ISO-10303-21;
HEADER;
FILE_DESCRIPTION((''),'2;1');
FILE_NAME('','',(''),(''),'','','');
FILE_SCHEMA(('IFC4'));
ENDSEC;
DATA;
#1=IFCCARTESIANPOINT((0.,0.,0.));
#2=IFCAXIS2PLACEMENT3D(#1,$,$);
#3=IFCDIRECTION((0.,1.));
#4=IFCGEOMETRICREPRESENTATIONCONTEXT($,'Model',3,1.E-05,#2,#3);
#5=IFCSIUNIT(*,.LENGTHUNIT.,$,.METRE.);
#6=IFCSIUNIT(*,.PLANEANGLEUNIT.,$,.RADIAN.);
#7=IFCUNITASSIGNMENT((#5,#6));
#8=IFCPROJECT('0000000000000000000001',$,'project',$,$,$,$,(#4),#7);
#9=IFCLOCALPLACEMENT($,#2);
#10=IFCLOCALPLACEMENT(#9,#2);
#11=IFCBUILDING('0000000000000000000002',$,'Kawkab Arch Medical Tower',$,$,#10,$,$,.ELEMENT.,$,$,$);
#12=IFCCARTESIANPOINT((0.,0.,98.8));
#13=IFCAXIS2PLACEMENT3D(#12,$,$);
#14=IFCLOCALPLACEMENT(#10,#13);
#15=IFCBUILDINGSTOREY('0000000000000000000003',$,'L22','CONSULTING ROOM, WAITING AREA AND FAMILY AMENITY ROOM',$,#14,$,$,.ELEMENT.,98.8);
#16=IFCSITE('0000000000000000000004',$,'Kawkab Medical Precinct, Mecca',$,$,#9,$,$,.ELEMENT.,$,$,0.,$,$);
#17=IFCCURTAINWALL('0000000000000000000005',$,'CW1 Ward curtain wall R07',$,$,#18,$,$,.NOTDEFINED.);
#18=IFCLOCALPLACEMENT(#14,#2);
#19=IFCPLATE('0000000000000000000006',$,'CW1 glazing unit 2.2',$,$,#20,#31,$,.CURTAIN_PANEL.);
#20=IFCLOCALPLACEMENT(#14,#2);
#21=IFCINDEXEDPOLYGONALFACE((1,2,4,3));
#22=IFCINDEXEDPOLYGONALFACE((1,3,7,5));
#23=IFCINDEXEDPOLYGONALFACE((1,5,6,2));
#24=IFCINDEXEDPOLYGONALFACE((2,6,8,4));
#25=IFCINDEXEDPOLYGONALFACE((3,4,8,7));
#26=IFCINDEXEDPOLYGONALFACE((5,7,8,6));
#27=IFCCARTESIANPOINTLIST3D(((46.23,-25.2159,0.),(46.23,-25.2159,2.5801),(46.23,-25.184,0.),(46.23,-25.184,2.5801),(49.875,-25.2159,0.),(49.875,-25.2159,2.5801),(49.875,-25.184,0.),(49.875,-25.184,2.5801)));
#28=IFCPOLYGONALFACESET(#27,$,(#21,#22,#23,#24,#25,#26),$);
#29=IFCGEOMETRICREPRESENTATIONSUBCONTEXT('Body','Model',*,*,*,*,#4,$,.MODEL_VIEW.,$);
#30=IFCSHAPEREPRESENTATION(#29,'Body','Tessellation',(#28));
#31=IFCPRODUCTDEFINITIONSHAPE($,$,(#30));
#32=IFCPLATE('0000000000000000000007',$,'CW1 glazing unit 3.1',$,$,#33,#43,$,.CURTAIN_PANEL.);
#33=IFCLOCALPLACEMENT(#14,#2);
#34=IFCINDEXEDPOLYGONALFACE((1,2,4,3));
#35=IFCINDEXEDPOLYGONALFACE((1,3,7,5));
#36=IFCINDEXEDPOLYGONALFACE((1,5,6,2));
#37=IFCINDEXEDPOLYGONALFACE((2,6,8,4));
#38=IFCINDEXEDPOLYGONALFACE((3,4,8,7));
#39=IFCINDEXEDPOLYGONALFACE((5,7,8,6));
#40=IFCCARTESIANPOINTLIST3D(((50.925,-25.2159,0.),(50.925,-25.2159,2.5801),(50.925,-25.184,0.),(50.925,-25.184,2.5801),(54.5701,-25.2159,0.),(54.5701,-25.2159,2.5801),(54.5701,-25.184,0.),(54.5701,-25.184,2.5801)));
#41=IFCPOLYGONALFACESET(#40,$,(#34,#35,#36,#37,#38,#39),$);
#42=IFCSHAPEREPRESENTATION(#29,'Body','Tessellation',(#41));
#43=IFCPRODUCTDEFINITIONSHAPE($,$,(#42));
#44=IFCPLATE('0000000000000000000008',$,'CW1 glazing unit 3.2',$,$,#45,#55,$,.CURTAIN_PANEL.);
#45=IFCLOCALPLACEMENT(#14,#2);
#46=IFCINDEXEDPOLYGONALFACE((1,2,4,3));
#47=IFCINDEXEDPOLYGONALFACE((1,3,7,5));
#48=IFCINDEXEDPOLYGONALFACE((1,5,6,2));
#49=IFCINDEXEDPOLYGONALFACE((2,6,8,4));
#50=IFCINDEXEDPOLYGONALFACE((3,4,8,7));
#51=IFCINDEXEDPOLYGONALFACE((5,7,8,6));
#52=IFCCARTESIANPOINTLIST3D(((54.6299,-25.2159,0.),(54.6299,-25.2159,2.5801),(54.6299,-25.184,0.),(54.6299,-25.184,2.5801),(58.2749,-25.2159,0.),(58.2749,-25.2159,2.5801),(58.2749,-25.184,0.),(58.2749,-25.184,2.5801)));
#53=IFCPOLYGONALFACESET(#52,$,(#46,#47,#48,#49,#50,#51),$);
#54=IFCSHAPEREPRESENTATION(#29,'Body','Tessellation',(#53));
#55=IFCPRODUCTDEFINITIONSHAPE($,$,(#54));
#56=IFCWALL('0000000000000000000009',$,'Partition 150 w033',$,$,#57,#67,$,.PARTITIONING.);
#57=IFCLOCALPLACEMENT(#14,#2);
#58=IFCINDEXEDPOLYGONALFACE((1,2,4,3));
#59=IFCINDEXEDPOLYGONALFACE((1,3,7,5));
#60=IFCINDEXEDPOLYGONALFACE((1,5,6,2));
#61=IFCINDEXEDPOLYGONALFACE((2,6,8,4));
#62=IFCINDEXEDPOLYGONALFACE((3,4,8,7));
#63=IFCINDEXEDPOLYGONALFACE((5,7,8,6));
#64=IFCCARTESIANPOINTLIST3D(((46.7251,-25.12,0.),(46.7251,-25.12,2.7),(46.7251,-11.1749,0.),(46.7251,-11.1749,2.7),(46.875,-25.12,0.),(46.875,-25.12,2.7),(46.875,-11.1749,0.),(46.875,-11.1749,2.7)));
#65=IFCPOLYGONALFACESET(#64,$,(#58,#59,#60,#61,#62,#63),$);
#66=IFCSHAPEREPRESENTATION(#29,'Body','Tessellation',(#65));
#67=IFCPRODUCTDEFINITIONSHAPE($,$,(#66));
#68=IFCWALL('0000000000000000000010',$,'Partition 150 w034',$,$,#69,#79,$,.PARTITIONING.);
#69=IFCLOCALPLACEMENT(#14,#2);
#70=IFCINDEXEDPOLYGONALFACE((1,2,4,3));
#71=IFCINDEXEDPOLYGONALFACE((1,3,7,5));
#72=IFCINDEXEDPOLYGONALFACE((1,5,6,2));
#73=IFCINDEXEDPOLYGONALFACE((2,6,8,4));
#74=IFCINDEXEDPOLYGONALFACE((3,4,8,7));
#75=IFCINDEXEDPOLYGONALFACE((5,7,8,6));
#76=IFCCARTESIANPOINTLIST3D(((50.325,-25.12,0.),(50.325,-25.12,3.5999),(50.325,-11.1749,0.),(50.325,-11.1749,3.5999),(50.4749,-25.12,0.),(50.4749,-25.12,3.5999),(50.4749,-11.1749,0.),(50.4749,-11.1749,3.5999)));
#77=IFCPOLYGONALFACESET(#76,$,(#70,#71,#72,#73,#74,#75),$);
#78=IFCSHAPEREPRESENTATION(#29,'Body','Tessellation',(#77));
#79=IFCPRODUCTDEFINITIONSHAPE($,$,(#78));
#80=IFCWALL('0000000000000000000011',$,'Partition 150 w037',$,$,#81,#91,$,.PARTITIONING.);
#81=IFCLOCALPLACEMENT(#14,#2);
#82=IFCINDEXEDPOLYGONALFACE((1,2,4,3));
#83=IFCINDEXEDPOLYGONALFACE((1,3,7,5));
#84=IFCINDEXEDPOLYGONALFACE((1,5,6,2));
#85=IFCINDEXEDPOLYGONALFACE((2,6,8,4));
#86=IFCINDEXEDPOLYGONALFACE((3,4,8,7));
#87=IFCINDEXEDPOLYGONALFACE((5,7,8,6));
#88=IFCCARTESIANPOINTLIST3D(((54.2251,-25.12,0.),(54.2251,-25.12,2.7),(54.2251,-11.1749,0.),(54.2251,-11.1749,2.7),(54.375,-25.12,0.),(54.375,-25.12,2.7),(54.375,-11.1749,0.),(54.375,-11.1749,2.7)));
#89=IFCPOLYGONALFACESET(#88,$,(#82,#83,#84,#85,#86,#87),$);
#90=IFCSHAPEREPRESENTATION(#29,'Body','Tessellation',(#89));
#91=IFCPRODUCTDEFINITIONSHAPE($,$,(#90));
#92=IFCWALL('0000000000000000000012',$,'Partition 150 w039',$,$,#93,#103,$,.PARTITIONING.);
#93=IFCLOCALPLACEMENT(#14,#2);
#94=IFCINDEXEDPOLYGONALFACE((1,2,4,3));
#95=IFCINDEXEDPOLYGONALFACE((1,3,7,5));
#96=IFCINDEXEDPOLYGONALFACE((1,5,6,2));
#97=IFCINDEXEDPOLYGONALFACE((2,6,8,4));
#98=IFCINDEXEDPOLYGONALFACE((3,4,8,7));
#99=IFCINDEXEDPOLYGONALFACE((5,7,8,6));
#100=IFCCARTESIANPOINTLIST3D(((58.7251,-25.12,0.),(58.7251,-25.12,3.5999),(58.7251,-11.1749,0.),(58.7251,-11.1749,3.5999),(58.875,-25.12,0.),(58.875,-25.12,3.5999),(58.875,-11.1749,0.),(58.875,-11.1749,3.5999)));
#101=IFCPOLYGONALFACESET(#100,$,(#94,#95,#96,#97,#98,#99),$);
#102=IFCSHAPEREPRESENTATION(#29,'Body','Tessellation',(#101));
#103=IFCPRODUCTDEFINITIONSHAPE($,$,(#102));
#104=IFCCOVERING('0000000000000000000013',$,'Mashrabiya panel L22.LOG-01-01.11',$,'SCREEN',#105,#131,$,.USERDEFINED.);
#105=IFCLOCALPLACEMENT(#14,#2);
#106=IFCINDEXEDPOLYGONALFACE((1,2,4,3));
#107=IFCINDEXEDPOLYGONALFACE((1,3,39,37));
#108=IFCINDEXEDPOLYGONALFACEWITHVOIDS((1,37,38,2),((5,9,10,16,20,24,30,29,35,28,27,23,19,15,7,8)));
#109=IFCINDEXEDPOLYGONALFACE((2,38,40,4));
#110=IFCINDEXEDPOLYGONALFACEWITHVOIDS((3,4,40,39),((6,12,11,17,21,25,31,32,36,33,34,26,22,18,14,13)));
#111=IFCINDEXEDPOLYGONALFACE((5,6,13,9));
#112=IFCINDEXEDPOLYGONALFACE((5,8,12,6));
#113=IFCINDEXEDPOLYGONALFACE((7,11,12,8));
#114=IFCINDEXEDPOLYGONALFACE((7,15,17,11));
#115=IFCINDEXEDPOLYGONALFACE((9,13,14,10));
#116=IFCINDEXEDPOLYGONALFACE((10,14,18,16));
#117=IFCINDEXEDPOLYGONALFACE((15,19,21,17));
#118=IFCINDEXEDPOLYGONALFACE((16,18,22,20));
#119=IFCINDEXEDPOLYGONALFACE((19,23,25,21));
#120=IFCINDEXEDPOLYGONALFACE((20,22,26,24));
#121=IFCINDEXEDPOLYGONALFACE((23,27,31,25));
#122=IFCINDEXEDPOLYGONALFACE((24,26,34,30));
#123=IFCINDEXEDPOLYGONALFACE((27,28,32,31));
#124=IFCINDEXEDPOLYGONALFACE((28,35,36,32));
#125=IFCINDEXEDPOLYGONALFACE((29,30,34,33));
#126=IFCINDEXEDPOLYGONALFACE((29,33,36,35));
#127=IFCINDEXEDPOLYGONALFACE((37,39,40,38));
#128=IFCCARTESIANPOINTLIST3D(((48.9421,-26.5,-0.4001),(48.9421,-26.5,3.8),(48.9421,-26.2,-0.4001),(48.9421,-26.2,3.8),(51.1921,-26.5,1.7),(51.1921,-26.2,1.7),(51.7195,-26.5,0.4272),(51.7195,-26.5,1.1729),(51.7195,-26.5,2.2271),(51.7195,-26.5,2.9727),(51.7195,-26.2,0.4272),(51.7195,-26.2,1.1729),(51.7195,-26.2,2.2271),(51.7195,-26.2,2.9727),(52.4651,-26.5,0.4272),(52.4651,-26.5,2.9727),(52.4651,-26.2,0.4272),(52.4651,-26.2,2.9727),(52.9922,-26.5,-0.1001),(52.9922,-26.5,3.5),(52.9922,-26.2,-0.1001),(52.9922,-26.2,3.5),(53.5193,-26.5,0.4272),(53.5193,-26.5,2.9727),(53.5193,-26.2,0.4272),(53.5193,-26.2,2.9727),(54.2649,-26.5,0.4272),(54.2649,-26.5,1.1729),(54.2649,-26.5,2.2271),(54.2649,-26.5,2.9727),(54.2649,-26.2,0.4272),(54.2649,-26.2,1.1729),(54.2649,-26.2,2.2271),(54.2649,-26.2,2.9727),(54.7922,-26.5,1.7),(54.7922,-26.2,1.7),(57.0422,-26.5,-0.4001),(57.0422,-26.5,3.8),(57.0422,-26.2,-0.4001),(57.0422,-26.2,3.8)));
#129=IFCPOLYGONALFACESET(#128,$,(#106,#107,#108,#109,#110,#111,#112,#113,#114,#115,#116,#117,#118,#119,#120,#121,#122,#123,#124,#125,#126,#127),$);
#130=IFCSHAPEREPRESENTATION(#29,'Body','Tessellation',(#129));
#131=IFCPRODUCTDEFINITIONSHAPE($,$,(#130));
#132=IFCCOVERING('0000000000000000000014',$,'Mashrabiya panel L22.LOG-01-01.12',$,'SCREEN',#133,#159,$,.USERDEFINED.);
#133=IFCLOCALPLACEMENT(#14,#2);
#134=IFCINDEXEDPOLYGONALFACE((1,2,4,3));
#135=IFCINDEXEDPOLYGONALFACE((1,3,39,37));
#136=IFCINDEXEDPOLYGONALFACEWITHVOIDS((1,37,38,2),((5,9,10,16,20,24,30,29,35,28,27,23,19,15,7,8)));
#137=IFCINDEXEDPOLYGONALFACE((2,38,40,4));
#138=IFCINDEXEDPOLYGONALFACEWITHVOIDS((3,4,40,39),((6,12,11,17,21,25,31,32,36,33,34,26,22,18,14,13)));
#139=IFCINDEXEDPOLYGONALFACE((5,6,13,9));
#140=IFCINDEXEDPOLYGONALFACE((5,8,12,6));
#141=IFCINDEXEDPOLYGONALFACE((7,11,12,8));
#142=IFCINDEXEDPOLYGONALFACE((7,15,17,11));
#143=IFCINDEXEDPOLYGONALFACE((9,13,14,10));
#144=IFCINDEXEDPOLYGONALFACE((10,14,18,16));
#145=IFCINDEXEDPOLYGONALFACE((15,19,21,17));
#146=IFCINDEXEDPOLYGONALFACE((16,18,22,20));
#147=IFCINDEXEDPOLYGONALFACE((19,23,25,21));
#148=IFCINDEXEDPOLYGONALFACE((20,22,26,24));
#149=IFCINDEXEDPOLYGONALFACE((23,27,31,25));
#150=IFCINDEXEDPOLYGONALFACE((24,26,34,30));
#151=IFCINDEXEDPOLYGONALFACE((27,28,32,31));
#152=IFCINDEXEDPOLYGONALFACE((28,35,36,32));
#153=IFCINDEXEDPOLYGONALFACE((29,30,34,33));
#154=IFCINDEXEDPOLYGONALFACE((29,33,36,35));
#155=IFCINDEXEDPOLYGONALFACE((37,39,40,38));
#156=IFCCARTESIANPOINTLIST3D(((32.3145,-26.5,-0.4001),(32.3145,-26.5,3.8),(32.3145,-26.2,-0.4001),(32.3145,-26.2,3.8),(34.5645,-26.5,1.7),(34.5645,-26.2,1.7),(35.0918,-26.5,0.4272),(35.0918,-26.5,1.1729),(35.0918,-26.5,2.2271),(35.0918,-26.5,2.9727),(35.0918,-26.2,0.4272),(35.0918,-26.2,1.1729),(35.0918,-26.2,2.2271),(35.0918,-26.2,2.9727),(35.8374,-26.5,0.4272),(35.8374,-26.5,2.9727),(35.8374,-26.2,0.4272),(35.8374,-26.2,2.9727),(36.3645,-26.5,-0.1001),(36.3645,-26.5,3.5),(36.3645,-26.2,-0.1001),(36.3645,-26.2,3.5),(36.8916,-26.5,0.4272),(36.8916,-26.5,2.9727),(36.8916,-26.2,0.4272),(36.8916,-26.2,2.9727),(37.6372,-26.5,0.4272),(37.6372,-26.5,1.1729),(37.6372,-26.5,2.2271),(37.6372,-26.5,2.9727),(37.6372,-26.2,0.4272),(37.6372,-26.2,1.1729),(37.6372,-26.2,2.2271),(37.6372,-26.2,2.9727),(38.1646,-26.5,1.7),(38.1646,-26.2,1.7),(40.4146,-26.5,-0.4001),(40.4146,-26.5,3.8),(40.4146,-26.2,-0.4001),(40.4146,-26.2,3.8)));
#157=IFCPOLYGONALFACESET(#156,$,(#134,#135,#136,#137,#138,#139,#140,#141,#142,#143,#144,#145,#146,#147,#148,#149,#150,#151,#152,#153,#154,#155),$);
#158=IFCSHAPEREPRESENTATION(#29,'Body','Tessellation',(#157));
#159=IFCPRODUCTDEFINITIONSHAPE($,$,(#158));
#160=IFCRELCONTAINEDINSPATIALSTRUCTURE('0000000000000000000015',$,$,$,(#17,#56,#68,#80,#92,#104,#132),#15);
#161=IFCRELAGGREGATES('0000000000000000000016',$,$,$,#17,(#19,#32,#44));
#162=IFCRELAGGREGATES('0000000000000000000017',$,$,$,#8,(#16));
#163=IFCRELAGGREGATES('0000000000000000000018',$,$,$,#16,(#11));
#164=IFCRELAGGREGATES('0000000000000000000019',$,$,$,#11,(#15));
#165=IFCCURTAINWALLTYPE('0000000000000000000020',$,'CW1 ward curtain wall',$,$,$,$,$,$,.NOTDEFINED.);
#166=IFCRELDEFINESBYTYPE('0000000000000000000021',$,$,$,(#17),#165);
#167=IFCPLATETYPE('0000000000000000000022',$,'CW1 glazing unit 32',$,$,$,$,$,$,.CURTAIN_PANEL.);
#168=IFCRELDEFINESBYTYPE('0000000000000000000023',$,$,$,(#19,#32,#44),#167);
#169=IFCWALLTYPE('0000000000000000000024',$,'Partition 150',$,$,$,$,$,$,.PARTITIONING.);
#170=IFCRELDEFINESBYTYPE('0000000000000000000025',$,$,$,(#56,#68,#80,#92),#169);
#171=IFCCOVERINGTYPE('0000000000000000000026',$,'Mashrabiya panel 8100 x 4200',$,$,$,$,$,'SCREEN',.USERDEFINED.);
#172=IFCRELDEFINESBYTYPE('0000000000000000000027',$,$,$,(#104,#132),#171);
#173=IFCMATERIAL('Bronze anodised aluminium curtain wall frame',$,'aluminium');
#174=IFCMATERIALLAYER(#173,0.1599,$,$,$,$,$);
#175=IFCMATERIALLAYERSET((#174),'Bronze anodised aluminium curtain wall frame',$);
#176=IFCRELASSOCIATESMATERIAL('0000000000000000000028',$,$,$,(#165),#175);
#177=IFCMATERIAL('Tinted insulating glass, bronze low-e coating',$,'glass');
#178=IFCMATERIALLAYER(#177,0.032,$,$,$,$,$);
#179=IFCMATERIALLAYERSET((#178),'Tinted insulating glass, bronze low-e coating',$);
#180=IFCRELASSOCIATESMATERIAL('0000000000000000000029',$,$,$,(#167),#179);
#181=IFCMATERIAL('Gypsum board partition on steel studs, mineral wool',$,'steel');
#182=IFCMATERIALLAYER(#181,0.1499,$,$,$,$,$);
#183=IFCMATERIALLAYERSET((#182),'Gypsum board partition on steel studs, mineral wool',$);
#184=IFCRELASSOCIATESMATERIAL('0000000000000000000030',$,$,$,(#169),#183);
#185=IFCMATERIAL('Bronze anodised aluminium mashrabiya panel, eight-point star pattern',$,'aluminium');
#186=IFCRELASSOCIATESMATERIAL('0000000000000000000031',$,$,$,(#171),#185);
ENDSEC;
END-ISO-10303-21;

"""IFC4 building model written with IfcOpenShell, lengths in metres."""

from ifc_helpers import new_model, si_unit, direction, frame, frame_2d, origin, origin_2d, place, context, subcontext, project, spatial, polyline, rectangle, outline, extrude, material, layer, layer_set, material_profile, profile_set, type_object, element, aggregate, save


model = new_model("IFC4")

# Units and contexts
model_context = context("Model", 3, precision=1e-05, world=origin(), true_north=direction((0.0, 1.0)))
body_context = subcontext(model_context, "Body", "Model", "MODEL_VIEW")
ifc_project = project(units=[si_unit("LENGTHUNIT", "METRE"), si_unit("PLANEANGLEUNIT", "RADIAN")], contexts=[model_context])

# Site, building, storey
site_placement = place(None, origin())
site = spatial("IfcSite", under=ifc_project, at=site_placement, Name="Kawkab Medical Precinct, Mecca", CompositionType="ELEMENT", RefElevation=0.0)
building_placement = place(site_placement, origin())
building = spatial("IfcBuilding", under=site, at=building_placement, Name="Kawkab Arch Medical Tower", CompositionType="ELEMENT")
storey_placement = place(building_placement, frame((0.0, 0.0, 98.8)))
storey = spatial("IfcBuildingStorey", under=building, at=storey_placement, Name="L22", Description="CONSULTING ROOM, WAITING AREA AND FAMILY AMENITY ROOM", CompositionType="ELEMENT", Elevation=98.8)

# Curtain wall, plates
ifc_material_1 = material(Name="Bronze anodised aluminium curtain wall frame", Category="aluminium")
ifc_layer_1 = layer(ifc_material_1, 0.1599)
ifc_layer_set_1 = layer_set([ifc_layer_1], Name="Bronze anodised aluminium curtain wall frame")
curtain_wall_type = type_object("IfcCurtainWallType", Name="CW1 ward curtain wall", PredefinedType="NOTDEFINED", material=ifc_layer_set_1)
curtain_wall_placement = place(storey_placement, origin())
curtain_wall = element("IfcCurtainWall", 1, at=curtain_wall_placement, inside=storey, type_object=curtain_wall_type, Name="CW1 Ward curtain wall R07", PredefinedType="NOTDEFINED")
ifc_material_2 = material(Name="Tinted insulating glass, bronze low-e coating", Category="glass")
ifc_layer_2 = layer(ifc_material_2, 0.032)
ifc_layer_set_2 = layer_set([ifc_layer_2], Name="Tinted insulating glass, bronze low-e coating")
plate_type = type_object("IfcPlateType", Name="CW1 glazing unit 32", PredefinedType="CURTAIN_PANEL", material=ifc_layer_set_2)
plate_1_placement = place(storey_placement, frame((48.0525, -25.2, 0.0), z_axis=(0.0, 0.0, 1.0), x_axis=(1.0, 0.0, 0.0)))
plate_1 = element("IfcPlate", 2, at=plate_1_placement, type_object=plate_type, Name="CW1 glazing unit 2.2", PredefinedType="CURTAIN_PANEL", context=body_context, shape_type="SweptSolid", body=[
    extrude(rectangle(XDim=3.645, YDim=0.032, at=origin_2d()), origin(), (0.0, 0.0, 1.0), 2.5801),
])
plate_2_placement = place(storey_placement, frame((52.7476, -25.2, 0.0), z_axis=(0.0, 0.0, 1.0), x_axis=(1.0, 0.0, 0.0)))
plate_2 = element("IfcPlate", 3, at=plate_2_placement, type_object=plate_type, Name="CW1 glazing unit 3.1", PredefinedType="CURTAIN_PANEL", context=body_context, shape_type="SweptSolid", body=[
    extrude(rectangle(XDim=3.645, YDim=0.032, at=origin_2d()), origin(), (0.0, 0.0, 1.0), 2.5801),
])
plate_3_placement = place(storey_placement, frame((56.4524, -25.2, 0.0), z_axis=(0.0, 0.0, 1.0), x_axis=(1.0, 0.0, 0.0)))
plate_3 = element("IfcPlate", 4, at=plate_3_placement, type_object=plate_type, Name="CW1 glazing unit 3.2", PredefinedType="CURTAIN_PANEL", context=body_context, shape_type="SweptSolid", body=[
    extrude(rectangle(XDim=3.645, YDim=0.032, at=origin_2d()), origin(), (0.0, 0.0, 1.0), 2.5801),
])
aggregate(curtain_wall, [plate_1, plate_2, plate_3])

# Walls
ifc_material_3 = material(Name="Gypsum board partition on steel studs, mineral wool", Category="steel")
ifc_layer_3 = layer(ifc_material_3, 0.1499)
ifc_layer_set_3 = layer_set([ifc_layer_3], Name="Gypsum board partition on steel studs, mineral wool")
wall_type = type_object("IfcWallType", Name="Partition 150", PredefinedType="PARTITIONING", material=ifc_layer_set_3)
wall_1_placement = place(storey_placement, frame((46.8, -25.1201, 0.0), z_axis=(0.0, 0.0, 1.0), x_axis=(0.0, 1.0, 0.0)))
element("IfcWall", 5, at=wall_1_placement, inside=storey, type_object=wall_type, Name="Partition 150 w033", PredefinedType="PARTITIONING", context=body_context, shape_type="SweptSolid", body=[
    extrude(rectangle(XDim=13.9451, YDim=0.1499, at=frame_2d((6.9727, 0.0))), origin(), (0.0, 0.0, 1.0), 2.7),
])
wall_2_placement = place(storey_placement, frame((50.3999, -25.1201, 0.0), z_axis=(0.0, 0.0, 1.0), x_axis=(0.0, 1.0, 0.0)))
element("IfcWall", 6, at=wall_2_placement, inside=storey, type_object=wall_type, Name="Partition 150 w034", PredefinedType="PARTITIONING", context=body_context, shape_type="SweptSolid", body=[
    extrude(rectangle(XDim=13.9451, YDim=0.1499, at=frame_2d((6.9727, 0.0))), origin(), (0.0, 0.0, 1.0), 3.5999),
])
wall_3_placement = place(storey_placement, frame((54.3, -25.1201, 0.0), z_axis=(0.0, 0.0, 1.0), x_axis=(0.0, 1.0, 0.0)))
element("IfcWall", 7, at=wall_3_placement, inside=storey, type_object=wall_type, Name="Partition 150 w037", PredefinedType="PARTITIONING", context=body_context, shape_type="SweptSolid", body=[
    extrude(rectangle(XDim=13.9451, YDim=0.1499, at=frame_2d((6.9727, 0.0))), origin(), (0.0, 0.0, 1.0), 2.7),
])
wall_4_placement = place(storey_placement, frame((58.8, -25.1201, 0.0), z_axis=(0.0, 0.0, 1.0), x_axis=(0.0, 1.0, 0.0)))
element("IfcWall", 8, at=wall_4_placement, inside=storey, type_object=wall_type, Name="Partition 150 w039", PredefinedType="PARTITIONING", context=body_context, shape_type="SweptSolid", body=[
    extrude(rectangle(XDim=13.9451, YDim=0.1499, at=frame_2d((6.9727, 0.0))), origin(), (0.0, 0.0, 1.0), 3.5999),
])

# Coverings
ifc_material_4 = material(Name="Bronze anodised aluminium mashrabiya panel, eight-point star pattern", Category="aluminium")
ifc_material_profile_1 = material_profile(ifc_material_4, outline(polyline([(-4.05, -2.1001), (4.05, -2.1001), (4.05, 2.1001), (-4.05, 2.1001), (-4.05, -2.1001)]), holes=[polyline([(1.8, 0.0), (1.2727, 0.5271), (1.2727, 1.2727), (0.5271, 1.2727), (0.0, 1.8), (-0.5271, 1.2727), (-1.2727, 1.2727), (-1.2727, 0.5271), (-1.8, 0.0), (-1.2727, -0.5271), (-1.2727, -1.2727), (-0.5271, -1.2727), (0.0, -1.8), (0.5271, -1.2727), (1.2727, -1.2727), (1.2727, -0.5271), (1.8, 0.0)])]), Name="Mashrabiya panel 8100x4200")
ifc_profile_set_1 = profile_set([ifc_material_profile_1], Name="Bronze anodised aluminium mashrabiya panel, eight-point star pattern")
covering_type = type_object("IfcCoveringType", Name="Mashrabiya panel 8100 x 4200", ElementType="SCREEN", PredefinedType="USERDEFINED", material=ifc_profile_set_1)
for number, where, z_axis, x_axis, name in (
    (9, (52.9922, -26.2, 1.7), (0.0, -1.0, 0.0), (1.0, 0.0, 0.0), "Mashrabiya panel L22.LOG-01-01.11"),
    (10, (36.3645, -26.2, 1.7), (0.0, -1.0, 0.0), (1.0, 0.0, 0.0), "Mashrabiya panel L22.LOG-01-01.12"),
):
    element("IfcCovering", number, at=place(storey_placement, frame(where, z_axis=z_axis, x_axis=x_axis)), inside=storey, type_object=covering_type, Name=name, ObjectType="SCREEN", PredefinedType="USERDEFINED", context=body_context, shape_type="SweptSolid", body=[
        extrude(outline(polyline([(-4.05, -2.1001), (4.05, -2.1001), (4.05, 2.1001), (-4.05, 2.1001), (-4.05, -2.1001)]), holes=[polyline([(1.8, 0.0), (1.2727, 0.5271), (1.2727, 1.2727), (0.5271, 1.2727), (0.0, 1.8), (-0.5271, 1.2727), (-1.2727, 1.2727), (-1.2727, 0.5271), (-1.8, 0.0), (-1.2727, -0.5271), (-1.2727, -1.2727), (-0.5271, -1.2727), (0.0, -1.8), (0.5271, -1.2727), (1.2727, -1.2727), (1.2727, -0.5271), (1.8, 0.0)])]), origin(), (0.0, 0.0, 1.0), 0.3),
    ])

save(model, "model.ifc")
